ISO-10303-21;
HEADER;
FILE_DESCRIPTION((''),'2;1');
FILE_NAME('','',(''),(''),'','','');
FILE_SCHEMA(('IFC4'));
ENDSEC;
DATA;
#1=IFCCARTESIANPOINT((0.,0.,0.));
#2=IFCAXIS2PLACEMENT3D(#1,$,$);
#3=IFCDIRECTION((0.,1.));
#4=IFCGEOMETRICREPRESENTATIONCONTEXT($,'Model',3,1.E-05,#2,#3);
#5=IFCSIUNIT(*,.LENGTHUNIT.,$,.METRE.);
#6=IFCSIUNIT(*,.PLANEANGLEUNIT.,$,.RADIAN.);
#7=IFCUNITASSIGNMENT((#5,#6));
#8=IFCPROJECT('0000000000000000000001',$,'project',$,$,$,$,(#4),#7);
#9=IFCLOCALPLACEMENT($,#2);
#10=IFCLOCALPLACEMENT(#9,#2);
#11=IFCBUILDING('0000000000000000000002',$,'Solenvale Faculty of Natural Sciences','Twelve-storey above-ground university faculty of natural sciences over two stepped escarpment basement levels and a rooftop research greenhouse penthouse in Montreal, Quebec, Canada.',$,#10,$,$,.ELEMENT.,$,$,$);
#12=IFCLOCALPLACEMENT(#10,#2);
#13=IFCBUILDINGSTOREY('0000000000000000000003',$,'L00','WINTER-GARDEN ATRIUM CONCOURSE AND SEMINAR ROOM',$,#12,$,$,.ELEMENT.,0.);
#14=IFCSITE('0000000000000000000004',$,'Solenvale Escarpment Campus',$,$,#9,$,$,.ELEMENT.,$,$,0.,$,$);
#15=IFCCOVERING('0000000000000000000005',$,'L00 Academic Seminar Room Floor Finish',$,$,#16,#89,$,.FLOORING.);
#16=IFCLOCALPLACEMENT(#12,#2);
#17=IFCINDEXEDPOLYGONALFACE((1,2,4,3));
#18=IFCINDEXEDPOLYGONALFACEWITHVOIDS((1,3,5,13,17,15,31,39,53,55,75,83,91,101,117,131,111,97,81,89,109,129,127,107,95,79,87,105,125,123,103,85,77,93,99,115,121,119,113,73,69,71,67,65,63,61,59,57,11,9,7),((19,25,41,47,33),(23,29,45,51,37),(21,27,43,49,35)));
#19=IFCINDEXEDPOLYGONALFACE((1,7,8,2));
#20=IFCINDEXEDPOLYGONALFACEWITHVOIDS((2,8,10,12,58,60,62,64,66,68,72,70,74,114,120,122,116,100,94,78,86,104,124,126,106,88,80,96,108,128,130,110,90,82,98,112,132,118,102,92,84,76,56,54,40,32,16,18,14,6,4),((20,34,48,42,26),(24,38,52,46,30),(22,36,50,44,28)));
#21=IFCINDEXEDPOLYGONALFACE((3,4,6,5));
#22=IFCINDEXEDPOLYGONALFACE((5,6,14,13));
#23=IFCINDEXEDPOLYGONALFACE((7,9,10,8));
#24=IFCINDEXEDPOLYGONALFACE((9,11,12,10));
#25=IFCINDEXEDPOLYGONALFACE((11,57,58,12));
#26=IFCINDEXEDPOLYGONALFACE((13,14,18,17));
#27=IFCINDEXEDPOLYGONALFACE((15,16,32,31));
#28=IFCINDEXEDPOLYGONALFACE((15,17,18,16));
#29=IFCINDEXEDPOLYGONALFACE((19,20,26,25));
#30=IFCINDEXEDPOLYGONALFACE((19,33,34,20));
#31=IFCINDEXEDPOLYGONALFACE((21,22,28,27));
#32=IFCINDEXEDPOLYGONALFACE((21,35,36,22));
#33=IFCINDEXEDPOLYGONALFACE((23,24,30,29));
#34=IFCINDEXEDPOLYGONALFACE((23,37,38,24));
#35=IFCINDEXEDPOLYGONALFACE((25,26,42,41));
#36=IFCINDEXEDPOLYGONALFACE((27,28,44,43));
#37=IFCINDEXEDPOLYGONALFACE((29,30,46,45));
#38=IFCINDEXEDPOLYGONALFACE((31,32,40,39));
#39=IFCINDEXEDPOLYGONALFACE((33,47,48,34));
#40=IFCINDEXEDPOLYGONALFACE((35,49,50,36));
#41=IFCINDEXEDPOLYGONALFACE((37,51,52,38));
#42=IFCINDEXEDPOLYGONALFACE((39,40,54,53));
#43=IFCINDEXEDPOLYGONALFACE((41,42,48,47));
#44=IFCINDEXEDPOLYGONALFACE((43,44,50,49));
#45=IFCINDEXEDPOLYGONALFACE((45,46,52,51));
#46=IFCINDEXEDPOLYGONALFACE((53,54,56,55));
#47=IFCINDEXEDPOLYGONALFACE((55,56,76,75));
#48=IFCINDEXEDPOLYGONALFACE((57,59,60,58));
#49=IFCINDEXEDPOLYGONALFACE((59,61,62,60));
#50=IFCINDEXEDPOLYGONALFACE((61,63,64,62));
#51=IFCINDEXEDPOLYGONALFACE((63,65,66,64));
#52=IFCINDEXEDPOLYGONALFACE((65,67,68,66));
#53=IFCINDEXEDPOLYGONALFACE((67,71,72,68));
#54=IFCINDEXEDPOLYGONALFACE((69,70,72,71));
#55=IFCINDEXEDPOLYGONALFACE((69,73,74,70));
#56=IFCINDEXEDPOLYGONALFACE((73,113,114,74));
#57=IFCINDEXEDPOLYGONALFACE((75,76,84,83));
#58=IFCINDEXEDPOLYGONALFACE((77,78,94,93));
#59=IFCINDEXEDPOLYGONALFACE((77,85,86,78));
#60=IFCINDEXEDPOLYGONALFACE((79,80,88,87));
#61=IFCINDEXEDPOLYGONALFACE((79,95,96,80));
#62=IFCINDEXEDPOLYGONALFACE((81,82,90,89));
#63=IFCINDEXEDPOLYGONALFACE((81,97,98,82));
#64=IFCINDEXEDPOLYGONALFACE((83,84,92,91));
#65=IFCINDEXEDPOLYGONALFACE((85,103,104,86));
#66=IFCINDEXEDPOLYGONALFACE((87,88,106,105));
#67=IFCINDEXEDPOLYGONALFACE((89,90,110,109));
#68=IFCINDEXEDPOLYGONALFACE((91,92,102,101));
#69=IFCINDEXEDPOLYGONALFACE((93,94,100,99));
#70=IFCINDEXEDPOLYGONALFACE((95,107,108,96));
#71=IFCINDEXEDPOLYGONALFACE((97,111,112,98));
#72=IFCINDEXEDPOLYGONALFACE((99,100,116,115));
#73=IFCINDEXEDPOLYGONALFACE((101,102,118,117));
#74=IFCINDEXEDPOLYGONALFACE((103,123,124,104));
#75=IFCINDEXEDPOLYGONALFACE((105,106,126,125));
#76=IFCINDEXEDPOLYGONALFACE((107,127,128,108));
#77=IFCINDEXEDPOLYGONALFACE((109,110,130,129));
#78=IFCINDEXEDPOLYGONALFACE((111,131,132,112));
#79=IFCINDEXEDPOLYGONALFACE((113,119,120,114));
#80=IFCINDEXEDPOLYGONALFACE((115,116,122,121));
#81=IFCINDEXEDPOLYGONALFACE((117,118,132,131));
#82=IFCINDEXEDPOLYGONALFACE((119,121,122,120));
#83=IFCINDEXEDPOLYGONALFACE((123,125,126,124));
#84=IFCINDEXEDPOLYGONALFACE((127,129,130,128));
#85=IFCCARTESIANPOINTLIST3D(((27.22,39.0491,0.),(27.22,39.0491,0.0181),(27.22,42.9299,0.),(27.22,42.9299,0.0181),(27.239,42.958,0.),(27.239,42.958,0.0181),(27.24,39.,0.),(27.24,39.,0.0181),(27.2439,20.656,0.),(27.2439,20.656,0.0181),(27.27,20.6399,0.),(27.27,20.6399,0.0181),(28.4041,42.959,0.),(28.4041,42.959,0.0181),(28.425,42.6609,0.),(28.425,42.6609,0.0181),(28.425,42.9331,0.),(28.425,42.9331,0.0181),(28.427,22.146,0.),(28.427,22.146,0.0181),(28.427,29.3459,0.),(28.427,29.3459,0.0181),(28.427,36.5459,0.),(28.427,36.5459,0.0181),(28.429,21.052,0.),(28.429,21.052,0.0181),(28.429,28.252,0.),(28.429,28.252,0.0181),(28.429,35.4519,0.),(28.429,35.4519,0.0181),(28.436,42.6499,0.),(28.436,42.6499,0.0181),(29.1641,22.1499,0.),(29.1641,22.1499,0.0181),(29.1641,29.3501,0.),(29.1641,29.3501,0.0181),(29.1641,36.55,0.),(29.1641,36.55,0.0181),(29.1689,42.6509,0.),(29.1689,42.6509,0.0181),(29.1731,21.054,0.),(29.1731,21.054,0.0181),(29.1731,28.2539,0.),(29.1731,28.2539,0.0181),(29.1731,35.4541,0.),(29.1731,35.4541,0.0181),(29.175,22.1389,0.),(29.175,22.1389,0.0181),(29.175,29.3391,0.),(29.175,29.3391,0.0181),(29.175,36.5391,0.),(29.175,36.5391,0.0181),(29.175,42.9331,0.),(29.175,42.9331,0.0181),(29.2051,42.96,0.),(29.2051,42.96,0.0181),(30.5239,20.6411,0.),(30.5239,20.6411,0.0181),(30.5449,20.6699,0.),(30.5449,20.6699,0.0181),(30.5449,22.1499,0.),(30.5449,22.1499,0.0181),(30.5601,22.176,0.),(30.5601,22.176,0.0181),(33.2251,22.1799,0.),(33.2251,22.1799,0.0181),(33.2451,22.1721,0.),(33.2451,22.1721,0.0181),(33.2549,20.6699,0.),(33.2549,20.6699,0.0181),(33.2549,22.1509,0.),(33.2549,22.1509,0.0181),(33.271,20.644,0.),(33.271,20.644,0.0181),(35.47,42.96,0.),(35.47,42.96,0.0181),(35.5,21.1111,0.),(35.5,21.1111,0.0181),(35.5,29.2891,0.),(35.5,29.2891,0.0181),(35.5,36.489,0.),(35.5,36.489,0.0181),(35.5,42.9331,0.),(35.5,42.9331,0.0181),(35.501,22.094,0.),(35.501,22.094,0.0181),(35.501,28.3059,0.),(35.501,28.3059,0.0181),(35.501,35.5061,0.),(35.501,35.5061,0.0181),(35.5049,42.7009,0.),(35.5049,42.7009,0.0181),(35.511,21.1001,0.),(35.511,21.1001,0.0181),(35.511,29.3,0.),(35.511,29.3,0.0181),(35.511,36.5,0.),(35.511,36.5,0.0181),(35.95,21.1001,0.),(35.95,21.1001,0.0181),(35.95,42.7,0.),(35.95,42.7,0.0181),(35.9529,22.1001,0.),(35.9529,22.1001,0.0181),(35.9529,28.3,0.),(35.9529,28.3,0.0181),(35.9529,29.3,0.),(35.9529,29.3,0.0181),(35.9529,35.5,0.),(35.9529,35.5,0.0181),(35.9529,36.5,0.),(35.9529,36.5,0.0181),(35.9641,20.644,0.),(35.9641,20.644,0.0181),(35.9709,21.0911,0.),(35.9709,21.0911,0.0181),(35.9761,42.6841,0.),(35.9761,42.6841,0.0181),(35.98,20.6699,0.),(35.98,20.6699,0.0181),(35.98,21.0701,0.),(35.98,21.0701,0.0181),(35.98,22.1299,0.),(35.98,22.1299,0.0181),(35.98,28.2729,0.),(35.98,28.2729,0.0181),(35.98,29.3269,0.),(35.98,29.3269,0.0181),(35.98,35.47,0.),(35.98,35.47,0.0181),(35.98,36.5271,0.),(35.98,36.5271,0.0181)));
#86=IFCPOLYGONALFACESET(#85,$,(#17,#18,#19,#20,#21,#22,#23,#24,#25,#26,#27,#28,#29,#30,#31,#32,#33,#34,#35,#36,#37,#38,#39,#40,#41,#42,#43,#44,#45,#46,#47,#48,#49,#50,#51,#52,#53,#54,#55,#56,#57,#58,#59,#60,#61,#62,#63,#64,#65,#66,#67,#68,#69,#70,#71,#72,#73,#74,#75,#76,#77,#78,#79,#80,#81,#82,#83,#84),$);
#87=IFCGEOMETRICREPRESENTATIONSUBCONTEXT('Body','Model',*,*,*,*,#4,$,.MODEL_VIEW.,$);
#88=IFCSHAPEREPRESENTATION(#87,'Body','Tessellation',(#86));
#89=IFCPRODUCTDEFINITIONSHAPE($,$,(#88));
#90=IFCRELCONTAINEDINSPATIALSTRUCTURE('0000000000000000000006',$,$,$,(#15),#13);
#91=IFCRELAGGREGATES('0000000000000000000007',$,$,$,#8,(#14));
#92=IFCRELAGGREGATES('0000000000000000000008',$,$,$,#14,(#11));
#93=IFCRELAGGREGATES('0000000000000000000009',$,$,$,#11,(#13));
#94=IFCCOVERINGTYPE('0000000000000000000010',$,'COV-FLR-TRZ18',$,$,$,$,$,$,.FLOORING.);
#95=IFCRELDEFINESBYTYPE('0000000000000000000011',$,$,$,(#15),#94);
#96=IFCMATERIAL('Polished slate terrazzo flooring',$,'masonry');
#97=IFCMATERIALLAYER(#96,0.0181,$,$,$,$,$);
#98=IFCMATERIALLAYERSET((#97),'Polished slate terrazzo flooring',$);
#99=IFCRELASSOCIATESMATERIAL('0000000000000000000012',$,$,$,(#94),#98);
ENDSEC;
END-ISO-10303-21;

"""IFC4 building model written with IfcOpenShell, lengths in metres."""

from ifc_helpers import new_model, si_unit, direction, origin, place, context, subcontext, project, spatial, polyline, outline, extrude, material, layer, layer_set, type_object, element, save


model = new_model("IFC4")

# Units and contexts
model_context = context("Model", 3, precision=1e-05, world=origin(), true_north=direction((0.0, 1.0)))
body_context = subcontext(model_context, "Body", "Model", "MODEL_VIEW")
ifc_project = project(units=[si_unit("LENGTHUNIT", "METRE"), si_unit("PLANEANGLEUNIT", "RADIAN")], contexts=[model_context])

# Site, building, storey
site_placement = place(None, origin())
site = spatial("IfcSite", under=ifc_project, at=site_placement, Name="Solenvale Escarpment Campus", CompositionType="ELEMENT", RefElevation=0.0)
building_placement = place(site_placement, origin())
building = spatial("IfcBuilding", under=site, at=building_placement, Name="Solenvale Faculty of Natural Sciences", Description="Twelve-storey above-ground university faculty of natural sciences over two stepped escarpment basement levels and a rooftop research greenhouse penthouse in Montreal, Quebec, Canada.", CompositionType="ELEMENT")
storey_placement = place(building_placement, origin())
storey = spatial("IfcBuildingStorey", under=building, at=storey_placement, Name="L00", Description="WINTER-GARDEN ATRIUM CONCOURSE AND SEMINAR ROOM", CompositionType="ELEMENT", Elevation=0.0)

# Covering
ifc_material_1 = material(Name="Polished slate terrazzo flooring", Category="masonry")
ifc_layer_1 = layer(ifc_material_1, 0.0181)
ifc_layer_set_1 = layer_set([ifc_layer_1], Name="Polished slate terrazzo flooring")
covering_type_1 = type_object("IfcCoveringType", Name="COV-FLR-TRZ18", PredefinedType="FLOORING", material=ifc_layer_set_1)
covering_1_placement = place(storey_placement, origin())
element("IfcCovering", 1, at=covering_1_placement, inside=storey, type_object=covering_type_1, Name="L00 Academic Seminar Room Floor Finish", PredefinedType="FLOORING", context=body_context, shape_type="SweptSolid", body=[
    extrude(outline(polyline([(27.24, 39.0), (27.22, 39.0491), (27.22, 42.9299), (27.239, 42.958), (28.4041, 42.959), (28.425, 42.9331), (28.425, 42.6609), (28.436, 42.6499), (29.1689, 42.6509), (29.175, 42.9331), (29.2051, 42.96), (35.47, 42.96), (35.5, 42.9331), (35.5049, 42.7009), (35.95, 42.7), (35.9761, 42.6841), (35.98, 36.5271), (35.9529, 36.5), (35.511, 36.5), (35.5, 36.489), (35.501, 35.5061), (35.9529, 35.5), (35.98, 35.47), (35.98, 29.3269), (35.9529, 29.3), (35.511, 29.3), (35.5, 29.2891), (35.501, 28.3059), (35.9529, 28.3), (35.98, 28.2729), (35.98, 22.1299), (35.9529, 22.1001), (35.501, 22.094), (35.5, 21.1111), (35.511, 21.1001), (35.95, 21.1001), (35.9709, 21.0911), (35.98, 21.0701), (35.98, 20.6699), (35.9641, 20.644), (33.271, 20.644), (33.2549, 20.6699), (33.2549, 22.1509), (33.2451, 22.1721), (33.2251, 22.1799), (30.5601, 22.176), (30.5449, 22.1499), (30.5449, 20.6699), (30.5239, 20.6411), (27.27, 20.6399), (27.2439, 20.656), (27.24, 39.0)]), holes=[polyline([(29.175, 22.1389), (29.1641, 22.1499), (28.427, 22.146), (28.429, 21.052), (29.1731, 21.054), (29.175, 22.1389)]), polyline([(29.175, 29.3391), (29.1641, 29.3501), (28.427, 29.3459), (28.429, 28.252), (29.1731, 28.2539), (29.175, 29.3391)]), polyline([(29.175, 36.5391), (29.1641, 36.55), (28.427, 36.5459), (28.429, 35.4519), (29.1731, 35.4541), (29.175, 36.5391)])]), origin(), (0.0, 0.0, 1.0), 0.0181),
])

save(model, "model.ifc")
